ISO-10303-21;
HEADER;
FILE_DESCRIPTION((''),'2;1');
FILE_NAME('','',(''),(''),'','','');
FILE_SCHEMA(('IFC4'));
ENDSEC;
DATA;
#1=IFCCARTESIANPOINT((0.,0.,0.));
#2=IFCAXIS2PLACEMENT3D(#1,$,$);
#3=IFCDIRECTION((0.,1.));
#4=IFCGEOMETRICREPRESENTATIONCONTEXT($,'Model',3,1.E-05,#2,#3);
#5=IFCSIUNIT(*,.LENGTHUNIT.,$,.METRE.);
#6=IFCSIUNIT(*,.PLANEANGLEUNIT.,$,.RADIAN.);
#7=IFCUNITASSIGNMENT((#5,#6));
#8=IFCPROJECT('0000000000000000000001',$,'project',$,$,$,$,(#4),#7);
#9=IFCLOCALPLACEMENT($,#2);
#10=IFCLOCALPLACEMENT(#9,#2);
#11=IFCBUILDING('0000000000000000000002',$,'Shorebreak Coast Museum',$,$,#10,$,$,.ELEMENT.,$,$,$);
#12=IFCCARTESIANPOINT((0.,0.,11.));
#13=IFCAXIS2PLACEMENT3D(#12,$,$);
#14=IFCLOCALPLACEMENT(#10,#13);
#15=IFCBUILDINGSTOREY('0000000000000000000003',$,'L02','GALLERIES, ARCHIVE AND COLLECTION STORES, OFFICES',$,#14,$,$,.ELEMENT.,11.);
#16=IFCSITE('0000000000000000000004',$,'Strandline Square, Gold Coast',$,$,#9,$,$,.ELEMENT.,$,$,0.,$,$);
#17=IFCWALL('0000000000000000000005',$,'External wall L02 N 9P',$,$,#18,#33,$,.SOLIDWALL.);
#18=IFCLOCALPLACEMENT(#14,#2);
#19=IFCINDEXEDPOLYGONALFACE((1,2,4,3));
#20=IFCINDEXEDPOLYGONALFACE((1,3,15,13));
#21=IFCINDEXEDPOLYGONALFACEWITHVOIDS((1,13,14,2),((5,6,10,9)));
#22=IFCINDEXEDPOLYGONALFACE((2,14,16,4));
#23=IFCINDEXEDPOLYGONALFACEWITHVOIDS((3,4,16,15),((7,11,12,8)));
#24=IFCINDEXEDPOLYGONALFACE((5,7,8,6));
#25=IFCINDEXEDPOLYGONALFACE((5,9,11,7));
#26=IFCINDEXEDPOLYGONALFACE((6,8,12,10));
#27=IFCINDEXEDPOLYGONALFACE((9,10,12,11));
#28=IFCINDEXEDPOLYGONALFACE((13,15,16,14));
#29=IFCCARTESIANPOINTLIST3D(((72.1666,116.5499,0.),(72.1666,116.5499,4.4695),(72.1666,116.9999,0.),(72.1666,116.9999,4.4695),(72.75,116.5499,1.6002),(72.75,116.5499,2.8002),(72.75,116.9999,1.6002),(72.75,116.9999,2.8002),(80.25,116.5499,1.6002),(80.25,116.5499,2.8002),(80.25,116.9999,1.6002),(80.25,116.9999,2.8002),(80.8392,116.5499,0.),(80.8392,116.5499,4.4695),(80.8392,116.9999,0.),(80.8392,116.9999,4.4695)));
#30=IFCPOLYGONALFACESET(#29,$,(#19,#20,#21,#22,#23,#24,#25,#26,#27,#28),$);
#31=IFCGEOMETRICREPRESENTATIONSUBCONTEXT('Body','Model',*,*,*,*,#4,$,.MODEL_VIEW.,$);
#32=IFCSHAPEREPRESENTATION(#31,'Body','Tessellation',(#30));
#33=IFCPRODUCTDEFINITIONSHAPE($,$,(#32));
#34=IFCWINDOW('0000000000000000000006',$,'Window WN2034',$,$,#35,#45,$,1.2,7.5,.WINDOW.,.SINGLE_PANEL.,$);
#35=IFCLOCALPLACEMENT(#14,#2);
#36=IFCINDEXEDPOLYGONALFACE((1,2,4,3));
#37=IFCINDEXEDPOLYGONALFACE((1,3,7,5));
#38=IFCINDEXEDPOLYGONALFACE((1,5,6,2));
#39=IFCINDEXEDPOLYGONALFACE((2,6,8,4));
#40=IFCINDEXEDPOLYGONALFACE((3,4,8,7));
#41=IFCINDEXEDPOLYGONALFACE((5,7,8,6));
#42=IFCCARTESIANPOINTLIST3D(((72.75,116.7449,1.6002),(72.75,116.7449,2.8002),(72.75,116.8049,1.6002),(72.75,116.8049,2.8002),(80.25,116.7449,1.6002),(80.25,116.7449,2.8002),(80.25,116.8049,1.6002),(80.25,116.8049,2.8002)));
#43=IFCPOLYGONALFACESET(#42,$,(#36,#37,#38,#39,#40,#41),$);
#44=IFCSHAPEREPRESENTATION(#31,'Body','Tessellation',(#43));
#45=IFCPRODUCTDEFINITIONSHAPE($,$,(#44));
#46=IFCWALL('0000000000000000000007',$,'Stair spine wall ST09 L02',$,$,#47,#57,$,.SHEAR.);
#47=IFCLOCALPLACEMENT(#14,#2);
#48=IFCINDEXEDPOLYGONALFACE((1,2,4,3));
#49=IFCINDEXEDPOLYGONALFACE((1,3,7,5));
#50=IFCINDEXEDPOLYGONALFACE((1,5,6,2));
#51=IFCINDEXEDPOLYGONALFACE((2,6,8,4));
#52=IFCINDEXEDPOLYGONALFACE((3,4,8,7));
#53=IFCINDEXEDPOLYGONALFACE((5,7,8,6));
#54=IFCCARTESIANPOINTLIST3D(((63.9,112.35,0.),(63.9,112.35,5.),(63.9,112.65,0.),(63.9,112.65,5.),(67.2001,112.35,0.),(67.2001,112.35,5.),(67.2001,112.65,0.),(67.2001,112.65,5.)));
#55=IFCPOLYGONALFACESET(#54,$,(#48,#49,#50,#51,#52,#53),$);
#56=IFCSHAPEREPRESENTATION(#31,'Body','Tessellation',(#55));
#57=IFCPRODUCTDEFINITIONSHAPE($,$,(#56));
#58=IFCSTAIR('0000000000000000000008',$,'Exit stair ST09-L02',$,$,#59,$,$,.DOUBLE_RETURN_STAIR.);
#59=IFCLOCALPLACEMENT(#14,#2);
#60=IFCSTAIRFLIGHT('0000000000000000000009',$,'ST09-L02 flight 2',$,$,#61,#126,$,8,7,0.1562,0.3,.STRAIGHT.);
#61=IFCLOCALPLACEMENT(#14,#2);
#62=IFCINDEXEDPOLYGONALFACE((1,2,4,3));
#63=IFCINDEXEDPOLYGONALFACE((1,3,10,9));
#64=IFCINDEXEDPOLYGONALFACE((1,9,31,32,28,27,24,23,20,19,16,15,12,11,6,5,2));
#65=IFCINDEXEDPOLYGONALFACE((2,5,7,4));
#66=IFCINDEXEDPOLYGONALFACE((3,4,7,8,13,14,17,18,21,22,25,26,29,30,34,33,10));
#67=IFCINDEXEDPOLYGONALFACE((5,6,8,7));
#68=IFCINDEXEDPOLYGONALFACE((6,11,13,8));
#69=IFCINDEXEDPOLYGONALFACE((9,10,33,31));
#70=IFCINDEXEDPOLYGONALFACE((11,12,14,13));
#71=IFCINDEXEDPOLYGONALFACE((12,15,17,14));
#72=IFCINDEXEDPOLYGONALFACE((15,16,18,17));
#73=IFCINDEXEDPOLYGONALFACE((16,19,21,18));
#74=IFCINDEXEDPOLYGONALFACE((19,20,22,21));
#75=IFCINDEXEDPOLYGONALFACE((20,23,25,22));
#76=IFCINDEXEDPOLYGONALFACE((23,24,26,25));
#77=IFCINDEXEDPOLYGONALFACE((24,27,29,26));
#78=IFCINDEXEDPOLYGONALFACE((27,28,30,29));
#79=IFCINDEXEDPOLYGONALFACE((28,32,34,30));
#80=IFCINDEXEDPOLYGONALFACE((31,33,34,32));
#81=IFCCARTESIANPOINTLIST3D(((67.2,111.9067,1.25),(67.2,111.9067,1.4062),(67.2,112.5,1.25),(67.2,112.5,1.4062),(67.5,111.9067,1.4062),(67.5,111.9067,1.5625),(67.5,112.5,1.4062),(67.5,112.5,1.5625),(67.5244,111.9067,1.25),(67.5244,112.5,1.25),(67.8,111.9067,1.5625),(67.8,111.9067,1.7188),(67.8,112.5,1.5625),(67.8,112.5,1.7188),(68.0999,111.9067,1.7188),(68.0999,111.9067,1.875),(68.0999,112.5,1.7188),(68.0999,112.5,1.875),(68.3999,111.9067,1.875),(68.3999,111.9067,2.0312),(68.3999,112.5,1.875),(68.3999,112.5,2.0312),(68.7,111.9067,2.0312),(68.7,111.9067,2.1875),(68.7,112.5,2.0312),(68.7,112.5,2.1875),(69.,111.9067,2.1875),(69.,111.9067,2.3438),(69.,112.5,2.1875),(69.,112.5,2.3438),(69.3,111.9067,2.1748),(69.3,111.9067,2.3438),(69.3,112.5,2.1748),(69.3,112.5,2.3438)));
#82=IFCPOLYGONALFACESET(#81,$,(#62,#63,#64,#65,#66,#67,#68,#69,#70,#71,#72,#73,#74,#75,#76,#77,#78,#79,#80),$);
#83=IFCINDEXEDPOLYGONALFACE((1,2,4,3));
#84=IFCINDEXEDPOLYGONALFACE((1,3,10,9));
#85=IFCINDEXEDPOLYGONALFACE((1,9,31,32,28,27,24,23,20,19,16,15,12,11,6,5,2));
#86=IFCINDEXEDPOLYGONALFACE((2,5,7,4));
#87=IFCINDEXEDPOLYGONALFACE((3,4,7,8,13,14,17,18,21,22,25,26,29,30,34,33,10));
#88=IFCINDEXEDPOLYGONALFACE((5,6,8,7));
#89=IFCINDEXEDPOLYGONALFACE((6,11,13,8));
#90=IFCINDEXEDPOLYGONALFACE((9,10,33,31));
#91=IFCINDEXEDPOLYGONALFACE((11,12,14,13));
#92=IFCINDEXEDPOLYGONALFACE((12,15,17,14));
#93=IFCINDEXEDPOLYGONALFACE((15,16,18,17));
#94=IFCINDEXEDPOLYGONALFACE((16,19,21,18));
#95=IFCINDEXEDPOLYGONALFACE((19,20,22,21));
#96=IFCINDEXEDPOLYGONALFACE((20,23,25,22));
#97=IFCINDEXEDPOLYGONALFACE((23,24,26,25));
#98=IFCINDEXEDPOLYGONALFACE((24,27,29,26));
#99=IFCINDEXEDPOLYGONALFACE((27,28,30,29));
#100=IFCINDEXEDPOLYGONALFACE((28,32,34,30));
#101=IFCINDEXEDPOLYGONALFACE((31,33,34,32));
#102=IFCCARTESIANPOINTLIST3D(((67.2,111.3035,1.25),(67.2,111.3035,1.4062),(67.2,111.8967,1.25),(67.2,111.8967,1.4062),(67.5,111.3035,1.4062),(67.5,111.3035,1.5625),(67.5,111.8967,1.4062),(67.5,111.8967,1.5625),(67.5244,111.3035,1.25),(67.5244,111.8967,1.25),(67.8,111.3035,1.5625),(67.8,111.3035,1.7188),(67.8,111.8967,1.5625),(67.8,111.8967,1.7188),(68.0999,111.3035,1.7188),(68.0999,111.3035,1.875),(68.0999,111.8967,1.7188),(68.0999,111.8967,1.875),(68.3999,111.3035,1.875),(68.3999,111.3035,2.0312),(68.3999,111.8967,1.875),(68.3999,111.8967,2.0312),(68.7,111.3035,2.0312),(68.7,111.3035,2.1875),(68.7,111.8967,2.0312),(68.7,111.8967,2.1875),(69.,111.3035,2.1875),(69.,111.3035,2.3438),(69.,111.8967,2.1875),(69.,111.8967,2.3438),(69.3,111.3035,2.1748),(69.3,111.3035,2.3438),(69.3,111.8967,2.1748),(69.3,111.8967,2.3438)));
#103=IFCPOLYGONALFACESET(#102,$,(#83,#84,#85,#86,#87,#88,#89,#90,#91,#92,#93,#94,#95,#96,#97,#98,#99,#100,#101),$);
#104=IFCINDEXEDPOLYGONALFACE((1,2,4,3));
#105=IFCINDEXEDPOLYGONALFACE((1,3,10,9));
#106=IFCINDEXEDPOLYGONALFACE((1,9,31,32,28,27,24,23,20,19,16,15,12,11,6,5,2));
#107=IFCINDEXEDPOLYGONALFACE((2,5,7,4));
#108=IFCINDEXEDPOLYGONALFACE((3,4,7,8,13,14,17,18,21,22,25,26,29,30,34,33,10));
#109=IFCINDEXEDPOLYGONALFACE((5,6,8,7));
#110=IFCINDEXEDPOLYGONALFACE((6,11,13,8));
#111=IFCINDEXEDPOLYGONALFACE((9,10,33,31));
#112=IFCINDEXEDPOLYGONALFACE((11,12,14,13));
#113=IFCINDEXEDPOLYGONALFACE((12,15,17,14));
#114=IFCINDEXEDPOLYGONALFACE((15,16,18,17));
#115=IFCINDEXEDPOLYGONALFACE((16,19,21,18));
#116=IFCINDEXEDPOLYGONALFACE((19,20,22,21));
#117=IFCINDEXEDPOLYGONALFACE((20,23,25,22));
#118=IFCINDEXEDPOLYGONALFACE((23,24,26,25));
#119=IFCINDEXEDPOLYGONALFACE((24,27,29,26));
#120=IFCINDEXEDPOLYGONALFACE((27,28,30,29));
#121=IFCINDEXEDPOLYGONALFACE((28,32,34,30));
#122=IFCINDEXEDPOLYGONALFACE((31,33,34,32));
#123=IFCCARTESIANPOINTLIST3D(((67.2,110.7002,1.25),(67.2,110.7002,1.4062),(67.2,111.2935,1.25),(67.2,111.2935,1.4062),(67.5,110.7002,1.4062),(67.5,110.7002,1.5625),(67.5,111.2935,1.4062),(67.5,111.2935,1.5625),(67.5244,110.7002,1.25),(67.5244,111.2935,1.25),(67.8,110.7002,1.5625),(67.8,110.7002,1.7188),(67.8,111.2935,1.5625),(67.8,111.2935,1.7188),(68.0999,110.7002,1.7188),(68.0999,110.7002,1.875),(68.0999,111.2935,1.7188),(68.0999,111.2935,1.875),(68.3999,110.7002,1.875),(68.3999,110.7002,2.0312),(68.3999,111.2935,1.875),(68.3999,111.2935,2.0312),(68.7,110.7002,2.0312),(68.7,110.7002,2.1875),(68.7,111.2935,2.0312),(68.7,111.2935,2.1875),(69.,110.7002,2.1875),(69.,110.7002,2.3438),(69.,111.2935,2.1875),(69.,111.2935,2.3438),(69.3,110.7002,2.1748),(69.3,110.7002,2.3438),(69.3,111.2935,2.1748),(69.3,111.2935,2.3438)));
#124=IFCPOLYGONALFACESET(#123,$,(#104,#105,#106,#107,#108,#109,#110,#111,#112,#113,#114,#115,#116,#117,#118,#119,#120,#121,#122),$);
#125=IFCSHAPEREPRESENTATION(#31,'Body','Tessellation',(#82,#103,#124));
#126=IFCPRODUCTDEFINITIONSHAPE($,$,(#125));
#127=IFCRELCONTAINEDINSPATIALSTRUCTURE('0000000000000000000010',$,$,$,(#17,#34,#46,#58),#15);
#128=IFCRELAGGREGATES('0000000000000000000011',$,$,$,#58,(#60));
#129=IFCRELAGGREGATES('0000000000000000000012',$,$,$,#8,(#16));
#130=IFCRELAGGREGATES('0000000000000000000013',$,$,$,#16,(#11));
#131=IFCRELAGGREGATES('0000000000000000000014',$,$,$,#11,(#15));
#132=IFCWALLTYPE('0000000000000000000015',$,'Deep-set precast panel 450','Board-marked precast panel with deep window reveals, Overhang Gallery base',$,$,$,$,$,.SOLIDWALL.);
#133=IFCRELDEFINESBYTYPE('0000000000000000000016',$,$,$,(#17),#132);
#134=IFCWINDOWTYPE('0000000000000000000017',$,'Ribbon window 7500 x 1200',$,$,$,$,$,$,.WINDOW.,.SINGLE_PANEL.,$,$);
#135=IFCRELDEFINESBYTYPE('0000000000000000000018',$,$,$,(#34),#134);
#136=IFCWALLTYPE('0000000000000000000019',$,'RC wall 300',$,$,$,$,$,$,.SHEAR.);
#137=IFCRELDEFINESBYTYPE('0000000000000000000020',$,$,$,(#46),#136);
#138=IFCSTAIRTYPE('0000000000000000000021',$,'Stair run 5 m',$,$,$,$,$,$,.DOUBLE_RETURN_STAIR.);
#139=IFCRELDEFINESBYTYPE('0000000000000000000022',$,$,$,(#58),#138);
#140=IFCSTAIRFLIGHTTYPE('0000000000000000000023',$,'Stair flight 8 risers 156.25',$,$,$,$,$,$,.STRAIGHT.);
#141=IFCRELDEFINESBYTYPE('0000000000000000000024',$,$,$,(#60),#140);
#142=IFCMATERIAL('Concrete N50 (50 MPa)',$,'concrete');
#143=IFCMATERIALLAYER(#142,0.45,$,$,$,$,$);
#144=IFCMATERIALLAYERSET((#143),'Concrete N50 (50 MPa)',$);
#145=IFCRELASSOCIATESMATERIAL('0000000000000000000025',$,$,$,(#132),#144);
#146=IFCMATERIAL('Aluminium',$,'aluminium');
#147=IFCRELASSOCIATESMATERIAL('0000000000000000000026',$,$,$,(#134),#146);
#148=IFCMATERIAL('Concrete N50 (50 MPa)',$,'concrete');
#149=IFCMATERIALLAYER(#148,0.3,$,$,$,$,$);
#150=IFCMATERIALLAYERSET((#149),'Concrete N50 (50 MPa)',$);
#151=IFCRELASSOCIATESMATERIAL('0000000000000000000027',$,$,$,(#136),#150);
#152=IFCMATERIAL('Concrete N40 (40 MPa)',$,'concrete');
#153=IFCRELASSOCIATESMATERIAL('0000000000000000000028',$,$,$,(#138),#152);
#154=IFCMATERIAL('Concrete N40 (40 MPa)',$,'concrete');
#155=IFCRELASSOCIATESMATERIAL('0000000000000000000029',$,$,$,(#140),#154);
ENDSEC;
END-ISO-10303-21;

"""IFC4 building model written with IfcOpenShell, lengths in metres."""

from ifc_helpers import new_model, si_unit, direction, frame, frame_2d, origin, place, context, subcontext, project, spatial, polyline, rectangle, outline, extrude, material, layer, layer_set, type_object, element, fill, aggregate, save


model = new_model("IFC4")

# Units and contexts
model_context = context("Model", 3, precision=1e-05, world=origin(), true_north=direction((0.0, 1.0)))
body_context = subcontext(model_context, "Body", "Model", "MODEL_VIEW")
ifc_project = project(units=[si_unit("LENGTHUNIT", "METRE"), si_unit("PLANEANGLEUNIT", "RADIAN")], contexts=[model_context])

# Site, building, storey
site_placement = place(None, origin())
site = spatial("IfcSite", under=ifc_project, at=site_placement, Name="Strandline Square, Gold Coast", CompositionType="ELEMENT", RefElevation=0.0)
building_placement = place(site_placement, origin())
building = spatial("IfcBuilding", under=site, at=building_placement, Name="Shorebreak Coast Museum", CompositionType="ELEMENT")
storey_placement = place(building_placement, frame((0.0, 0.0, 11.0)))
storey = spatial("IfcBuildingStorey", under=building, at=storey_placement, Name="L02", Description="GALLERIES, ARCHIVE AND COLLECTION STORES, OFFICES", CompositionType="ELEMENT", Elevation=11.0)

# Wall, opening, window
ifc_material_1 = material(Name="Concrete N50 (50 MPa)", Category="concrete")
ifc_layer_1 = layer(ifc_material_1, 0.45)
ifc_layer_set_1 = layer_set([ifc_layer_1], Name="Concrete N50 (50 MPa)")
wall_type_1 = type_object("IfcWallType", Name="Deep-set precast panel 450", Description="Board-marked precast panel with deep window reveals, Overhang Gallery base", PredefinedType="SOLIDWALL", material=ifc_layer_set_1)
wall_1_placement = place(storey_placement, frame((72.1665, 116.7749, 0.0), z_axis=(0.0, 0.0, 1.0), x_axis=(1.0, 0.0, 0.0)))
wall_1 = element("IfcWall", 1, at=wall_1_placement, inside=storey, type_object=wall_type_1, Name="External wall L02 N 9P", PredefinedType="SOLIDWALL", context=body_context, shape_type="SweptSolid", body=[
    extrude(rectangle(XDim=8.6726, YDim=0.45, at=frame_2d((4.3364, 0.0))), origin(), (0.0, 0.0, 1.0), 4.4695),
])
opening_placement = place(wall_1_placement, frame((0.5835, 0.0, 1.6001)))
opening = element("IfcOpeningElement", 2, at=opening_placement, cuts=wall_1, PredefinedType="OPENING", context=body_context, shape_type="SweptSolid", body=[
    extrude(rectangle(XDim=7.5, YDim=1.2, at=frame_2d((3.75, 0.6001))), frame((0.0, 0.2349, 0.0), z_axis=(0.0, -1.0, 0.0), x_axis=(1.0, 0.0, 0.0)), (0.0, 0.0, 1.0), 0.47),
])
ifc_material_2 = material(Name="Aluminium", Category="aluminium")
window_type = type_object("IfcWindowType", Name="Ribbon window 7500 x 1200", PartitioningType="SINGLE_PANEL", PredefinedType="WINDOW", material=ifc_material_2)
window_placement = place(opening_placement, origin())
window = element("IfcWindow", 3, at=window_placement, inside=storey, type_object=window_type, Name="Window WN2034", OverallHeight=1.2, OverallWidth=7.5, PartitioningType="SINGLE_PANEL", PredefinedType="WINDOW", context=body_context, shape_type="SweptSolid", body=[
    extrude(rectangle(XDim=7.5, YDim=1.2, at=frame_2d((3.75, 0.6001))), frame((0.0, 0.03, 0.0), z_axis=(0.0, -1.0, 0.0), x_axis=(1.0, 0.0, 0.0)), (0.0, 0.0, 1.0), 0.0601),
])
fill(opening, window)

# Wall
ifc_material_3 = material(Name="Concrete N50 (50 MPa)", Category="concrete")
ifc_layer_2 = layer(ifc_material_3, 0.3)
ifc_layer_set_2 = layer_set([ifc_layer_2], Name="Concrete N50 (50 MPa)")
wall_type_2 = type_object("IfcWallType", Name="RC wall 300", PredefinedType="SHEAR", material=ifc_layer_set_2)
wall_2_placement = place(storey_placement, frame((67.2, 112.5, 0.0), z_axis=(0.0, 0.0, 1.0), x_axis=(-1.0, 0.0, 0.0)))
element("IfcWall", 4, at=wall_2_placement, inside=storey, type_object=wall_type_2, Name="Stair spine wall ST09 L02", PredefinedType="SHEAR", context=body_context, shape_type="SweptSolid", body=[
    extrude(rectangle(XDim=3.3, YDim=0.3, at=frame_2d((1.6499, 0.0))), origin(), (0.0, 0.0, 1.0), 5.0),
])

# Stair, stair flight
ifc_material_4 = material(Name="Concrete N40 (40 MPa)", Category="concrete")
stair_type = type_object("IfcStairType", Name="Stair run 5 m", PredefinedType="DOUBLE_RETURN_STAIR", material=ifc_material_4)
stair_placement = place(storey_placement, origin())
stair = element("IfcStair", 5, at=stair_placement, inside=storey, type_object=stair_type, Name="Exit stair ST09-L02", PredefinedType="DOUBLE_RETURN_STAIR")
ifc_material_5 = material(Name="Concrete N40 (40 MPa)", Category="concrete")
stair_flight_type = type_object("IfcStairFlightType", Name="Stair flight 8 risers 156.25", PredefinedType="STRAIGHT", material=ifc_material_5)
stair_flight_1_placement = place(storey_placement, frame((67.2, 111.6001, 1.25), z_axis=(0.0, 0.0, 1.0), x_axis=(1.0, 0.0, 0.0)))
stair_flight_1 = element("IfcStairFlight", 6, at=stair_flight_1_placement, type_object=stair_flight_type, Name="ST09-L02 flight 2", NumberOfRisers=8, NumberOfTreads=7, PredefinedType="STRAIGHT", RiserHeight=0.1562, TreadLength=0.3, context=body_context, shape_type="SweptSolid", body=[
    extrude(outline(polyline([(0.0, 0.0), (0.0, 0.1562), (0.3, 0.1562), (0.3, 0.3125), (0.6001, 0.3125), (0.6001, 0.4688), (0.8999, 0.4688), (0.8999, 0.625), (1.2, 0.625), (1.2, 0.7812), (1.5, 0.7812), (1.5, 0.9375), (1.8, 0.9375), (1.8, 1.0938), (2.1001, 1.0938), (2.1001, 1.25), (2.1001, 0.9248), (0.3245, 0.0), (0.0, 0.0)])), frame((0.0, 0.8999, 0.0), z_axis=(0.0, -1.0, 0.0), x_axis=(1.0, 0.0, 0.0)), (0.0, 0.0, 1.0), 0.5933),
    extrude(outline(polyline([(0.0, 0.0), (0.0, 0.1562), (0.3, 0.1562), (0.3, 0.3125), (0.6001, 0.3125), (0.6001, 0.4688), (0.8999, 0.4688), (0.8999, 0.625), (1.2, 0.625), (1.2, 0.7812), (1.5, 0.7812), (1.5, 0.9375), (1.8, 0.9375), (1.8, 1.0938), (2.1001, 1.0938), (2.1001, 1.25), (2.1001, 0.9248), (0.3245, 0.0), (0.0, 0.0)])), frame((0.0, 0.2966, 0.0), z_axis=(0.0, -1.0, 0.0), x_axis=(1.0, 0.0, 0.0)), (0.0, 0.0, 1.0), 0.5933),
    extrude(outline(polyline([(0.0, 0.0), (0.0, 0.1562), (0.3, 0.1562), (0.3, 0.3125), (0.6001, 0.3125), (0.6001, 0.4688), (0.8999, 0.4688), (0.8999, 0.625), (1.2, 0.625), (1.2, 0.7812), (1.5, 0.7812), (1.5, 0.9375), (1.8, 0.9375), (1.8, 1.0938), (2.1001, 1.0938), (2.1001, 1.25), (2.1001, 0.9248), (0.3245, 0.0), (0.0, 0.0)])), frame((0.0, -0.3066, 0.0), z_axis=(0.0, -1.0, 0.0), x_axis=(1.0, 0.0, 0.0)), (0.0, 0.0, 1.0), 0.5933),
])
aggregate(stair, [stair_flight_1])

save(model, "model.ifc")
